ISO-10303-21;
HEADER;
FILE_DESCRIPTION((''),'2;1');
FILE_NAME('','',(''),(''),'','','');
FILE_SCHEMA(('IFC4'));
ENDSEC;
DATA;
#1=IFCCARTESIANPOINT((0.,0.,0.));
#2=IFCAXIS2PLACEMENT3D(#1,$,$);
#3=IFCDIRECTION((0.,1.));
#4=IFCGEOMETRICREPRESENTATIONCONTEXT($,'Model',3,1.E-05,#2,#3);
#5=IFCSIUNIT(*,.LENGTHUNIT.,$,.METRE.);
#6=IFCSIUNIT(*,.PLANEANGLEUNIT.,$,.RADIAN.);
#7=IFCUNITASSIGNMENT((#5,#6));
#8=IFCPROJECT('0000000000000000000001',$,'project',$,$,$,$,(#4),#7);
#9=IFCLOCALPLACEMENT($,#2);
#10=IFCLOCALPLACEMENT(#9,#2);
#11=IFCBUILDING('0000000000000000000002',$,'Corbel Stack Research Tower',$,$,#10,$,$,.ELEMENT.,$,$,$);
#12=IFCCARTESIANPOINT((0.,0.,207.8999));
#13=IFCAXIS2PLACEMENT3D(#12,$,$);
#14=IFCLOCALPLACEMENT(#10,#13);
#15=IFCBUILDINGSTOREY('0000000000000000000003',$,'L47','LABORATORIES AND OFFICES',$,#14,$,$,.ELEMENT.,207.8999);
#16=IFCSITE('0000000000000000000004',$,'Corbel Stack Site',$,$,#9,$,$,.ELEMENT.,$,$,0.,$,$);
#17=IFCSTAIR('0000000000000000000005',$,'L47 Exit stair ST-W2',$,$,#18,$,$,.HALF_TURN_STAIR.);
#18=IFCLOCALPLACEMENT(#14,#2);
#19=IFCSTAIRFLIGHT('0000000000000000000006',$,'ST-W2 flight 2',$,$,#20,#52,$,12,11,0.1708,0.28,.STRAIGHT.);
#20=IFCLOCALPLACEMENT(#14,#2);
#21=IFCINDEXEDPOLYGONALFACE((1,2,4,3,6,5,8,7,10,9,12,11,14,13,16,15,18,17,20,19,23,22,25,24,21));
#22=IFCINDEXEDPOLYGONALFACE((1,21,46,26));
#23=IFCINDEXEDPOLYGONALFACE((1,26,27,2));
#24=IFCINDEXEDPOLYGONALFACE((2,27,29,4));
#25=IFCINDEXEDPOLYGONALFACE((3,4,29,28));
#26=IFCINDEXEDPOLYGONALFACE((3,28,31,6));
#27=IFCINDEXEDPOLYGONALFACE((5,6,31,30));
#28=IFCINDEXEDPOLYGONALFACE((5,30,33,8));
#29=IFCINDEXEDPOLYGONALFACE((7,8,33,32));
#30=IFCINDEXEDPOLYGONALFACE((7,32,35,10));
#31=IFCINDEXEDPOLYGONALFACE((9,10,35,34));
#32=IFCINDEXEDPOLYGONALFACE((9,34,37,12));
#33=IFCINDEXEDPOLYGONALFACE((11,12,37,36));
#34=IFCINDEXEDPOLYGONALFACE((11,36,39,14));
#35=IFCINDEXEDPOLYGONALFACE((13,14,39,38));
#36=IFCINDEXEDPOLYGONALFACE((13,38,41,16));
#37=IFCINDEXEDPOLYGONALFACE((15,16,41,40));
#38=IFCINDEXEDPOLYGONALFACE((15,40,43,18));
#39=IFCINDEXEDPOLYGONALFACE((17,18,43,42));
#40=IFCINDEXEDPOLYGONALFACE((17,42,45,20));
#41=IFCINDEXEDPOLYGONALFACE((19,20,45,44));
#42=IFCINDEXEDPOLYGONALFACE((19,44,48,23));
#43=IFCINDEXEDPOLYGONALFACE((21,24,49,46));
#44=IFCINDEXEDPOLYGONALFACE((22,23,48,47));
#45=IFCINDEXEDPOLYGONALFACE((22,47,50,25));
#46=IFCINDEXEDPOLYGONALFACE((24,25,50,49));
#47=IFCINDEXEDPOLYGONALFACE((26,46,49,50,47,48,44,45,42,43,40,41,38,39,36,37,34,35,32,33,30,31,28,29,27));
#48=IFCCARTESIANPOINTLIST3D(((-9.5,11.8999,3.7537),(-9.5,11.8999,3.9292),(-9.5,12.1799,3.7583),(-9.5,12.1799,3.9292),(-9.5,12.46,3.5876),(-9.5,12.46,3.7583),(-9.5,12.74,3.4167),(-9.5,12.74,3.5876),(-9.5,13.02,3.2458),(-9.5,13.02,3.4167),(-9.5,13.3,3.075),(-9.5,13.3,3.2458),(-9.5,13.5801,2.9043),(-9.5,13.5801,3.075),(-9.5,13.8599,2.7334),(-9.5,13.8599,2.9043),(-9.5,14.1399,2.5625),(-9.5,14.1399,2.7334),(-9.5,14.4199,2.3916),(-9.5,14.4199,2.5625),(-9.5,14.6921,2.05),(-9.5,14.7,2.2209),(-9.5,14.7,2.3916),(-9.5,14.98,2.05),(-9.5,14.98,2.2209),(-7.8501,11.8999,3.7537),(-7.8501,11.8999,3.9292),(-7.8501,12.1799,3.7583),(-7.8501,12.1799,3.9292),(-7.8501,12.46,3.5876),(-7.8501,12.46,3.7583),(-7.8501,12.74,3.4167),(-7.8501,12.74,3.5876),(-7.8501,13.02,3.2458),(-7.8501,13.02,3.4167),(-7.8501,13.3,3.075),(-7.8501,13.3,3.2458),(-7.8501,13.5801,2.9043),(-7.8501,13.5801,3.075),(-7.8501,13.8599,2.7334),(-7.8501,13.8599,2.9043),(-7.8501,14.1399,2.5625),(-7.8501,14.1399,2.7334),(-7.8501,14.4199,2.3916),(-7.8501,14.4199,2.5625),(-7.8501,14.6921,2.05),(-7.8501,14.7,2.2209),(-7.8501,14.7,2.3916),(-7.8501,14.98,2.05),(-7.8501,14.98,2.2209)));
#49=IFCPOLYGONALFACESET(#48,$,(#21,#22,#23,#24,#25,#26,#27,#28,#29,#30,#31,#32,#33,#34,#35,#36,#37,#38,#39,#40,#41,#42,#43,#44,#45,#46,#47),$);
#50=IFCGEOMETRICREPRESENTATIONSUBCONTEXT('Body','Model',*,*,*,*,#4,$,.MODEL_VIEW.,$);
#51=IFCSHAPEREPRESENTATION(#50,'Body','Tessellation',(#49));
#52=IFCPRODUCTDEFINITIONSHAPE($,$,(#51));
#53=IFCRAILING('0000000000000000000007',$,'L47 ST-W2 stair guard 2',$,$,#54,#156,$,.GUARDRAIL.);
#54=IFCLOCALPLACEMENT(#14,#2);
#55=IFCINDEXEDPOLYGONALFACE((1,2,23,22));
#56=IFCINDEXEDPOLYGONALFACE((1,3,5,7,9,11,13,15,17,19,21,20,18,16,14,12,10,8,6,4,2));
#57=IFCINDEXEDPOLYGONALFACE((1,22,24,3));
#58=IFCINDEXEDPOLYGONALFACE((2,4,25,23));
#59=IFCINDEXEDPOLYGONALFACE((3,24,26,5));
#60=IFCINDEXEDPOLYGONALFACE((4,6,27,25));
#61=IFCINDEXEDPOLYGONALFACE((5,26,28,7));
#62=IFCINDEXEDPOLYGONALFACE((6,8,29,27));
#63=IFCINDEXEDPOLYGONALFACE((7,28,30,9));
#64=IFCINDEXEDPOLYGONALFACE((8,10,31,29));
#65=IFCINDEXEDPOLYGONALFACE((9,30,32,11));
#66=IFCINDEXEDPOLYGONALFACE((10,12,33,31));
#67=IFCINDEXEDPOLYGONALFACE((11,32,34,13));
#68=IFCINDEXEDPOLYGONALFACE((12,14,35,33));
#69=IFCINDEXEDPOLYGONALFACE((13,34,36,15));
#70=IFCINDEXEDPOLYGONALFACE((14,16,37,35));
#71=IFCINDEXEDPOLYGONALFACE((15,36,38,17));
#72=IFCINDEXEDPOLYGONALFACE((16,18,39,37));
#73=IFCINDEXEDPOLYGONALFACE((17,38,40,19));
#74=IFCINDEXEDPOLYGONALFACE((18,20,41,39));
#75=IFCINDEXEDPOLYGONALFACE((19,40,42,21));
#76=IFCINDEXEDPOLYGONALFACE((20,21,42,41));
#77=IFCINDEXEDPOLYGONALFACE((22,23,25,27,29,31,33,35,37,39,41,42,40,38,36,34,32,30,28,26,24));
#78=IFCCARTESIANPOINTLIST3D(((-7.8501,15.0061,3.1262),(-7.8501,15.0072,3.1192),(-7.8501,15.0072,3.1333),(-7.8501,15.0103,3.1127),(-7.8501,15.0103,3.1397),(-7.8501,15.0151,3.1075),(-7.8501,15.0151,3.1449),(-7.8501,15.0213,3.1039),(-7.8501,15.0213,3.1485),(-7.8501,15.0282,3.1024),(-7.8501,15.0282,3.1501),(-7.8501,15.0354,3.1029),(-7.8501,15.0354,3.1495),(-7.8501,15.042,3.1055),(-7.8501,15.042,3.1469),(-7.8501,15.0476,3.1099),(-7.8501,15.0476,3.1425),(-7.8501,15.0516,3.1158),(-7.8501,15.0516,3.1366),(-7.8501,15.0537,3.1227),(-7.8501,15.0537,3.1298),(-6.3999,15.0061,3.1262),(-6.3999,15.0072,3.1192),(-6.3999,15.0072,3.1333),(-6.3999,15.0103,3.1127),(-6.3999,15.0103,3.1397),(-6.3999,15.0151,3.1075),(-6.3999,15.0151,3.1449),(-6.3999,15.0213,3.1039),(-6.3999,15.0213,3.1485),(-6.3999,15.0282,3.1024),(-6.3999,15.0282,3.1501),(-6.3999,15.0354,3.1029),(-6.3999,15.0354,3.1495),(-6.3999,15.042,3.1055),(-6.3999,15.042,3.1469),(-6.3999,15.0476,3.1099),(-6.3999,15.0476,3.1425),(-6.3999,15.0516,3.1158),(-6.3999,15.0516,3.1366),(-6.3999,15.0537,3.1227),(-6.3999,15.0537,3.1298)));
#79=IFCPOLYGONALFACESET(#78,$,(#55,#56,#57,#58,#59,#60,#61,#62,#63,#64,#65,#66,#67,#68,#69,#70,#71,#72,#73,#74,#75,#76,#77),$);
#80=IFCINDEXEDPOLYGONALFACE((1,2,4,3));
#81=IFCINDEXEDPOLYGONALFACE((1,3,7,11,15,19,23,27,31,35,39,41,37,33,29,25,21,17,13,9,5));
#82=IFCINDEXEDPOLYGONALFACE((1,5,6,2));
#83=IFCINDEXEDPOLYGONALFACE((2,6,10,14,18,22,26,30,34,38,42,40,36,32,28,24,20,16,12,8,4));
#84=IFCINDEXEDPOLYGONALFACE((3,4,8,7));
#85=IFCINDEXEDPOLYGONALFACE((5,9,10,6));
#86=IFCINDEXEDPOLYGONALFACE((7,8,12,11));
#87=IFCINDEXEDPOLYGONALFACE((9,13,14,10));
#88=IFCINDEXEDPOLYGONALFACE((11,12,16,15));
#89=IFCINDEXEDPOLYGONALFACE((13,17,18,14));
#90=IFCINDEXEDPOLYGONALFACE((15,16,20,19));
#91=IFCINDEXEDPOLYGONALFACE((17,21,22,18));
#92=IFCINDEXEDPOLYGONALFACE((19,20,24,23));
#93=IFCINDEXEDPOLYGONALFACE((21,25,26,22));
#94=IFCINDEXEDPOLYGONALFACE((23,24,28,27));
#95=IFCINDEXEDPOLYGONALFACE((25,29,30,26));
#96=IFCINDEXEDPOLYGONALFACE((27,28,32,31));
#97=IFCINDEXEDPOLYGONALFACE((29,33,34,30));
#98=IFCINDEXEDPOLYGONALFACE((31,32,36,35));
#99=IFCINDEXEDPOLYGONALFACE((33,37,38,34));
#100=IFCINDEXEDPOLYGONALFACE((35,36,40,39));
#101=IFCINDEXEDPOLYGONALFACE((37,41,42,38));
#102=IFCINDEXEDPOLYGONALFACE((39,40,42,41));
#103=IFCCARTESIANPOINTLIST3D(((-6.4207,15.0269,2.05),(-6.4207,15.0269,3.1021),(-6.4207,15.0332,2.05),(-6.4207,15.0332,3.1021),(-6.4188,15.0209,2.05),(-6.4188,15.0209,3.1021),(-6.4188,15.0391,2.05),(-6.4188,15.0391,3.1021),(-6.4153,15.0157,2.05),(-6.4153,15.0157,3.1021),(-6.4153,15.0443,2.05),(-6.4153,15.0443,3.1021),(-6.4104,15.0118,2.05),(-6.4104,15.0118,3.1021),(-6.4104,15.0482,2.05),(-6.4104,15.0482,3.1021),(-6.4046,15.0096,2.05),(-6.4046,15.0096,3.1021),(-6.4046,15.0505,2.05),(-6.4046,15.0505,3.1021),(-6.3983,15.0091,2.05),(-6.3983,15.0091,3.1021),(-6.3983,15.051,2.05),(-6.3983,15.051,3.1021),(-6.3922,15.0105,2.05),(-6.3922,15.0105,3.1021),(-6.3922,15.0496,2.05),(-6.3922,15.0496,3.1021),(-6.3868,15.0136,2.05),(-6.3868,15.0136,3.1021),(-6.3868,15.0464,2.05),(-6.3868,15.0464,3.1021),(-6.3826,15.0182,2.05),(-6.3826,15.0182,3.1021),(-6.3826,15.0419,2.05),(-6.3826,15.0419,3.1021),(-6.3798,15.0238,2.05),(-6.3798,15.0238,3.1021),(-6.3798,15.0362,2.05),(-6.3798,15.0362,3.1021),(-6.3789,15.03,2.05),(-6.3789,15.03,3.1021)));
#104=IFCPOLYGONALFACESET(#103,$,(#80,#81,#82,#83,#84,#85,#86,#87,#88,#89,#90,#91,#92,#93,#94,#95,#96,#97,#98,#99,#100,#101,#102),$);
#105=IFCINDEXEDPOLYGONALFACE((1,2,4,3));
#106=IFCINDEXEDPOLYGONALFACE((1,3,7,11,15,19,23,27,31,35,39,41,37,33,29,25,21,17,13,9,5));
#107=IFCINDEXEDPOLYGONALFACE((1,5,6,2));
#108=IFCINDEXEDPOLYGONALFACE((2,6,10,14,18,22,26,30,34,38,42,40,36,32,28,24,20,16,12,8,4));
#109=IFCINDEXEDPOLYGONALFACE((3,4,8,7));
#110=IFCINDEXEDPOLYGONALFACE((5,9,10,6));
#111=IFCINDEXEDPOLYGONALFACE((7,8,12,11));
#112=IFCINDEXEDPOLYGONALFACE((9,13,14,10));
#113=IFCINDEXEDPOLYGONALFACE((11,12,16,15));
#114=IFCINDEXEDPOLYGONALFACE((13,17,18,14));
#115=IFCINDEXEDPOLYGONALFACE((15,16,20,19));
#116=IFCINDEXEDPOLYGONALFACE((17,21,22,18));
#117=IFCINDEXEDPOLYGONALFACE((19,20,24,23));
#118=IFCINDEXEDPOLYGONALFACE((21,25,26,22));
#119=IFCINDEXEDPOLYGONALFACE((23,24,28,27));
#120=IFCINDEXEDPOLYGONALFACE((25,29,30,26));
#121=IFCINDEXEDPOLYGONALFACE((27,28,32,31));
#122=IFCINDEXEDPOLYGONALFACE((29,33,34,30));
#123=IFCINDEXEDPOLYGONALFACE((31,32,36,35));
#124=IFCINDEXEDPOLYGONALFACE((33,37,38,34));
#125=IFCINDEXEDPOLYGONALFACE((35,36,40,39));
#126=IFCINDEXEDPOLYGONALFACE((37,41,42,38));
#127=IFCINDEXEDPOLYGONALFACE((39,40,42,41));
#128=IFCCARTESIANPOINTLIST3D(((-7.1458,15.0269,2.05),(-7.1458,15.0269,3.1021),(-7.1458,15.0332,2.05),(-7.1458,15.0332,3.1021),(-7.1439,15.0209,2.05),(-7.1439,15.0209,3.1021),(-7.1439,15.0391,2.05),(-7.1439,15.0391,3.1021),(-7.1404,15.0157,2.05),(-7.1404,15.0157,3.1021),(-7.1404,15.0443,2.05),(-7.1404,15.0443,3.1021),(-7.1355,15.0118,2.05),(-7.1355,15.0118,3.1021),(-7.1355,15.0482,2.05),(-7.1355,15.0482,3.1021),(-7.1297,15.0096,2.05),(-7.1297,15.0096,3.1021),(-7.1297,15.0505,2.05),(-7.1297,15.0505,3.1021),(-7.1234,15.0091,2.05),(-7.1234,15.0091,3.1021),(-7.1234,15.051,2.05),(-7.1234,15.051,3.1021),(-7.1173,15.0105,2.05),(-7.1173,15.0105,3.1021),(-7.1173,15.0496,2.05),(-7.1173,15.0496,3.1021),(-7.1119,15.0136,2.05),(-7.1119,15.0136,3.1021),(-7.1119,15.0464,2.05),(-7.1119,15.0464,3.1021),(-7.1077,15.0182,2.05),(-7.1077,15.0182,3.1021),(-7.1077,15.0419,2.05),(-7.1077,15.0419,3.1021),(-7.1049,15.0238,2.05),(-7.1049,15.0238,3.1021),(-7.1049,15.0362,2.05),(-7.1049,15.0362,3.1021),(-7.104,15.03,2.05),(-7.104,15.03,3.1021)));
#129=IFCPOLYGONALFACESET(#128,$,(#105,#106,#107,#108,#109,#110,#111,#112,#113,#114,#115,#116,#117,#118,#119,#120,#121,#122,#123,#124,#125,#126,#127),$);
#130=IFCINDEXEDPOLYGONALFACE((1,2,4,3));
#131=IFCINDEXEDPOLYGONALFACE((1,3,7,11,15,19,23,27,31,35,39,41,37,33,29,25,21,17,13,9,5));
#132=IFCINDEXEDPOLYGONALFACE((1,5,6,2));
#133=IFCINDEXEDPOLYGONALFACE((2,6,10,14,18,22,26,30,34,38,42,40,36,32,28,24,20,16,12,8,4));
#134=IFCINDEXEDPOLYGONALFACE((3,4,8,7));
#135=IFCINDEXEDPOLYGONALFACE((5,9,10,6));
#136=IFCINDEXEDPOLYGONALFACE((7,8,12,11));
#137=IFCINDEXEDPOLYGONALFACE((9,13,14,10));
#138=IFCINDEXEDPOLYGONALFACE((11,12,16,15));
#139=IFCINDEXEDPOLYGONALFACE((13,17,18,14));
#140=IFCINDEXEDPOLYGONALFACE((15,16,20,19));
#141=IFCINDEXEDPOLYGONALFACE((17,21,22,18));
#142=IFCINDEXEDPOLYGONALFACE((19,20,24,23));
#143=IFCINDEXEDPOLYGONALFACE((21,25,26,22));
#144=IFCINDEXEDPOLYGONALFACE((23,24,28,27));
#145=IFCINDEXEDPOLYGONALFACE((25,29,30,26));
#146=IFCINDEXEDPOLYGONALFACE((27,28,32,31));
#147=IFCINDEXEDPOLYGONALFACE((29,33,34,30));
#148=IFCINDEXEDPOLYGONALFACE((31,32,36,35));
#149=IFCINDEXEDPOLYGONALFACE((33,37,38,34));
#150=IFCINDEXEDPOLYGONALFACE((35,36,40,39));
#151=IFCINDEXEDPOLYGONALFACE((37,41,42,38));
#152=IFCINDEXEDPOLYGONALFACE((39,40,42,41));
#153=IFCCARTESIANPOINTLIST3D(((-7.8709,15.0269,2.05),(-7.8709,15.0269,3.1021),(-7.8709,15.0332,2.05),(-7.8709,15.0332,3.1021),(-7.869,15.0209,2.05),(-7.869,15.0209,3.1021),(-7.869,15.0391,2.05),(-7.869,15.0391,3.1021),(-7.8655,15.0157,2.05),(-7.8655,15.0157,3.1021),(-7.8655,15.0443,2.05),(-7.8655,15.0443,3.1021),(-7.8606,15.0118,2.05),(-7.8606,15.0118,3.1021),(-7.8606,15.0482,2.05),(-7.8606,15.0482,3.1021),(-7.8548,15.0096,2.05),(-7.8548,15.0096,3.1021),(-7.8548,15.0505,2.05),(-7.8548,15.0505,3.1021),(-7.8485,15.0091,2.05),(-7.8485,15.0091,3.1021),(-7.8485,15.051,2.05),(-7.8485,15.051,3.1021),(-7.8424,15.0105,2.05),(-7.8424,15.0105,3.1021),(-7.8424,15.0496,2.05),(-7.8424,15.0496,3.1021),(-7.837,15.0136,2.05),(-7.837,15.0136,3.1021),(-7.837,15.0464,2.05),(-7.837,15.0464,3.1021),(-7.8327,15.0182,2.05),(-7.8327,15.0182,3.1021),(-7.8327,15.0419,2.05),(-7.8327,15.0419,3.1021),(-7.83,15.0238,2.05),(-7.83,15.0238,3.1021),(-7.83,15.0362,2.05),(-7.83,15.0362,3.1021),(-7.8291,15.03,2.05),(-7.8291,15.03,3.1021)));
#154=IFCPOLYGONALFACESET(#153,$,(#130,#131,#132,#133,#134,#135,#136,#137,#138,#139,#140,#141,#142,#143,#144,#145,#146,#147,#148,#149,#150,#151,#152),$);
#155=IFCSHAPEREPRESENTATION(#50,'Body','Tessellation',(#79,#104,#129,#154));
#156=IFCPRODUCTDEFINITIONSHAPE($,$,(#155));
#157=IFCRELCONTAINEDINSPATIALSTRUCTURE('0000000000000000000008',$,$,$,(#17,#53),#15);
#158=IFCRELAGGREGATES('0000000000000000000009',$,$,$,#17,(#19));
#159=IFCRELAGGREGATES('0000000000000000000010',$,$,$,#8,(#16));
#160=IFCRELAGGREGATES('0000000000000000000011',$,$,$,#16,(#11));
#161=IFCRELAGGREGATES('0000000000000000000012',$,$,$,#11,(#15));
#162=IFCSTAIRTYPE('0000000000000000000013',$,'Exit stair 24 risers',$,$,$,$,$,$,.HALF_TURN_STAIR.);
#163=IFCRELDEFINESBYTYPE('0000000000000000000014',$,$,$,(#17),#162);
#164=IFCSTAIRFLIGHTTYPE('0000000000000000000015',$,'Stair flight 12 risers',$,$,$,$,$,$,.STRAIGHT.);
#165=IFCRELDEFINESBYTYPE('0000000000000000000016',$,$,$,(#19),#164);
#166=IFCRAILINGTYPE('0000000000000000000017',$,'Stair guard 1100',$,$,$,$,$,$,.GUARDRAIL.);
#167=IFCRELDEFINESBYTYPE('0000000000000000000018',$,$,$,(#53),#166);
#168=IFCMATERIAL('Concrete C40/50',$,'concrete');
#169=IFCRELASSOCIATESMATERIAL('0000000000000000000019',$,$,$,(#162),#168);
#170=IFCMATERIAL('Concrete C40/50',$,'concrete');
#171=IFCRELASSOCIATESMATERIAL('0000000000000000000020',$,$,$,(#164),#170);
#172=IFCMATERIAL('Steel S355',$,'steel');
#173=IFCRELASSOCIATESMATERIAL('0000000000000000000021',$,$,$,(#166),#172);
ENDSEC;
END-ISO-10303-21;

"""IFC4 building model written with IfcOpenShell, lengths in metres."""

from ifc_helpers import new_model, si_unit, direction, frame, origin, origin_2d, place, context, subcontext, project, spatial, polyline, circle, outline, extrude, material, type_object, element, aggregate, save


model = new_model("IFC4")

# Units and contexts
model_context = context("Model", 3, precision=1e-05, world=origin(), true_north=direction((0.0, 1.0)))
body_context = subcontext(model_context, "Body", "Model", "MODEL_VIEW")
ifc_project = project(units=[si_unit("LENGTHUNIT", "METRE"), si_unit("PLANEANGLEUNIT", "RADIAN")], contexts=[model_context])

# Site, building, storey
site_placement = place(None, origin())
site = spatial("IfcSite", under=ifc_project, at=site_placement, Name="Corbel Stack Site", CompositionType="ELEMENT", RefElevation=0.0)
building_placement = place(site_placement, origin())
building = spatial("IfcBuilding", under=site, at=building_placement, Name="Corbel Stack Research Tower", CompositionType="ELEMENT")
storey_placement = place(building_placement, frame((0.0, 0.0, 207.8999)))
storey = spatial("IfcBuildingStorey", under=building, at=storey_placement, Name="L47", Description="LABORATORIES AND OFFICES", CompositionType="ELEMENT", Elevation=207.8999)

# Stair, stair flight
ifc_material_1 = material(Name="Concrete C40/50", Category="concrete")
stair_type = type_object("IfcStairType", Name="Exit stair 24 risers", PredefinedType="HALF_TURN_STAIR", material=ifc_material_1)
stair_placement = place(storey_placement, origin())
stair = element("IfcStair", 1, at=stair_placement, inside=storey, type_object=stair_type, Name="L47 Exit stair ST-W2", PredefinedType="HALF_TURN_STAIR")
ifc_material_2 = material(Name="Concrete C40/50", Category="concrete")
stair_flight_type = type_object("IfcStairFlightType", Name="Stair flight 12 risers", PredefinedType="STRAIGHT", material=ifc_material_2)
stair_flight_placement = place(storey_placement, frame((-8.675, 14.98, 2.05), z_axis=(0.0, 0.0, 1.0), x_axis=(0.0, -1.0, 0.0)))
stair_flight = element("IfcStairFlight", 2, at=stair_flight_placement, type_object=stair_flight_type, Name="ST-W2 flight 2", NumberOfRisers=12, NumberOfTreads=11, PredefinedType="STRAIGHT", RiserHeight=0.1708, TreadLength=0.28, context=body_context, shape_type="SweptSolid", body=[
    extrude(outline(polyline([(0.0, 0.0), (0.0, 0.1709), (0.28, 0.1709), (0.28, 0.3416), (0.5601, 0.3416), (0.5601, 0.5125), (0.8401, 0.5125), (0.8401, 0.6833), (1.1201, 0.6833), (1.1201, 0.8542), (1.3999, 0.8542), (1.3999, 1.0249), (1.6799, 1.0249), (1.6799, 1.1958), (1.96, 1.1958), (1.96, 1.3667), (2.24, 1.3667), (2.24, 1.5376), (2.52, 1.5376), (2.52, 1.7083), (2.8, 1.7083), (2.8, 1.8792), (3.0801, 1.8792), (3.0801, 2.05), (3.0801, 1.7036), (0.2878, 0.0), (0.0, 0.0)])), frame((0.0, 0.825, 0.0), z_axis=(0.0, -1.0, 0.0), x_axis=(1.0, 0.0, 0.0)), (0.0, 0.0, 1.0), 1.6499),
])
aggregate(stair, [stair_flight])

# Railing
ifc_material_3 = material(Name="Steel S355", Category="steel")
railing_type_1 = type_object("IfcRailingType", Name="Stair guard 1100", PredefinedType="GUARDRAIL", material=ifc_material_3)
railing_1_placement = place(storey_placement, frame((-6.3999, 15.03, 2.05)))
element("IfcRailing", 3, at=railing_1_placement, inside=storey, type_object=railing_type_1, Name="L47 ST-W2 stair guard 2", PredefinedType="GUARDRAIL", context=body_context, shape_type="SweptSolid", body=[
    extrude(circle(Radius=0.0239, at=origin_2d()), frame((0.0, 0.0, 1.0762), z_axis=(-1.0, 0.0, 0.0), x_axis=(0.0, -1.0, 0.0)), (0.0, 0.0, 1.0), 1.4502),
    extrude(circle(Radius=0.021, at=origin_2d()), origin(), (0.0, 0.0, 1.0), 1.052),
    extrude(circle(Radius=0.021, at=origin_2d()), frame((-0.7251, 0.0, 0.0)), (0.0, 0.0, 1.0), 1.052),
    extrude(circle(Radius=0.021, at=origin_2d()), frame((-1.4502, 0.0, 0.0)), (0.0, 0.0, 1.0), 1.052),
])

save(model, "model.ifc")
